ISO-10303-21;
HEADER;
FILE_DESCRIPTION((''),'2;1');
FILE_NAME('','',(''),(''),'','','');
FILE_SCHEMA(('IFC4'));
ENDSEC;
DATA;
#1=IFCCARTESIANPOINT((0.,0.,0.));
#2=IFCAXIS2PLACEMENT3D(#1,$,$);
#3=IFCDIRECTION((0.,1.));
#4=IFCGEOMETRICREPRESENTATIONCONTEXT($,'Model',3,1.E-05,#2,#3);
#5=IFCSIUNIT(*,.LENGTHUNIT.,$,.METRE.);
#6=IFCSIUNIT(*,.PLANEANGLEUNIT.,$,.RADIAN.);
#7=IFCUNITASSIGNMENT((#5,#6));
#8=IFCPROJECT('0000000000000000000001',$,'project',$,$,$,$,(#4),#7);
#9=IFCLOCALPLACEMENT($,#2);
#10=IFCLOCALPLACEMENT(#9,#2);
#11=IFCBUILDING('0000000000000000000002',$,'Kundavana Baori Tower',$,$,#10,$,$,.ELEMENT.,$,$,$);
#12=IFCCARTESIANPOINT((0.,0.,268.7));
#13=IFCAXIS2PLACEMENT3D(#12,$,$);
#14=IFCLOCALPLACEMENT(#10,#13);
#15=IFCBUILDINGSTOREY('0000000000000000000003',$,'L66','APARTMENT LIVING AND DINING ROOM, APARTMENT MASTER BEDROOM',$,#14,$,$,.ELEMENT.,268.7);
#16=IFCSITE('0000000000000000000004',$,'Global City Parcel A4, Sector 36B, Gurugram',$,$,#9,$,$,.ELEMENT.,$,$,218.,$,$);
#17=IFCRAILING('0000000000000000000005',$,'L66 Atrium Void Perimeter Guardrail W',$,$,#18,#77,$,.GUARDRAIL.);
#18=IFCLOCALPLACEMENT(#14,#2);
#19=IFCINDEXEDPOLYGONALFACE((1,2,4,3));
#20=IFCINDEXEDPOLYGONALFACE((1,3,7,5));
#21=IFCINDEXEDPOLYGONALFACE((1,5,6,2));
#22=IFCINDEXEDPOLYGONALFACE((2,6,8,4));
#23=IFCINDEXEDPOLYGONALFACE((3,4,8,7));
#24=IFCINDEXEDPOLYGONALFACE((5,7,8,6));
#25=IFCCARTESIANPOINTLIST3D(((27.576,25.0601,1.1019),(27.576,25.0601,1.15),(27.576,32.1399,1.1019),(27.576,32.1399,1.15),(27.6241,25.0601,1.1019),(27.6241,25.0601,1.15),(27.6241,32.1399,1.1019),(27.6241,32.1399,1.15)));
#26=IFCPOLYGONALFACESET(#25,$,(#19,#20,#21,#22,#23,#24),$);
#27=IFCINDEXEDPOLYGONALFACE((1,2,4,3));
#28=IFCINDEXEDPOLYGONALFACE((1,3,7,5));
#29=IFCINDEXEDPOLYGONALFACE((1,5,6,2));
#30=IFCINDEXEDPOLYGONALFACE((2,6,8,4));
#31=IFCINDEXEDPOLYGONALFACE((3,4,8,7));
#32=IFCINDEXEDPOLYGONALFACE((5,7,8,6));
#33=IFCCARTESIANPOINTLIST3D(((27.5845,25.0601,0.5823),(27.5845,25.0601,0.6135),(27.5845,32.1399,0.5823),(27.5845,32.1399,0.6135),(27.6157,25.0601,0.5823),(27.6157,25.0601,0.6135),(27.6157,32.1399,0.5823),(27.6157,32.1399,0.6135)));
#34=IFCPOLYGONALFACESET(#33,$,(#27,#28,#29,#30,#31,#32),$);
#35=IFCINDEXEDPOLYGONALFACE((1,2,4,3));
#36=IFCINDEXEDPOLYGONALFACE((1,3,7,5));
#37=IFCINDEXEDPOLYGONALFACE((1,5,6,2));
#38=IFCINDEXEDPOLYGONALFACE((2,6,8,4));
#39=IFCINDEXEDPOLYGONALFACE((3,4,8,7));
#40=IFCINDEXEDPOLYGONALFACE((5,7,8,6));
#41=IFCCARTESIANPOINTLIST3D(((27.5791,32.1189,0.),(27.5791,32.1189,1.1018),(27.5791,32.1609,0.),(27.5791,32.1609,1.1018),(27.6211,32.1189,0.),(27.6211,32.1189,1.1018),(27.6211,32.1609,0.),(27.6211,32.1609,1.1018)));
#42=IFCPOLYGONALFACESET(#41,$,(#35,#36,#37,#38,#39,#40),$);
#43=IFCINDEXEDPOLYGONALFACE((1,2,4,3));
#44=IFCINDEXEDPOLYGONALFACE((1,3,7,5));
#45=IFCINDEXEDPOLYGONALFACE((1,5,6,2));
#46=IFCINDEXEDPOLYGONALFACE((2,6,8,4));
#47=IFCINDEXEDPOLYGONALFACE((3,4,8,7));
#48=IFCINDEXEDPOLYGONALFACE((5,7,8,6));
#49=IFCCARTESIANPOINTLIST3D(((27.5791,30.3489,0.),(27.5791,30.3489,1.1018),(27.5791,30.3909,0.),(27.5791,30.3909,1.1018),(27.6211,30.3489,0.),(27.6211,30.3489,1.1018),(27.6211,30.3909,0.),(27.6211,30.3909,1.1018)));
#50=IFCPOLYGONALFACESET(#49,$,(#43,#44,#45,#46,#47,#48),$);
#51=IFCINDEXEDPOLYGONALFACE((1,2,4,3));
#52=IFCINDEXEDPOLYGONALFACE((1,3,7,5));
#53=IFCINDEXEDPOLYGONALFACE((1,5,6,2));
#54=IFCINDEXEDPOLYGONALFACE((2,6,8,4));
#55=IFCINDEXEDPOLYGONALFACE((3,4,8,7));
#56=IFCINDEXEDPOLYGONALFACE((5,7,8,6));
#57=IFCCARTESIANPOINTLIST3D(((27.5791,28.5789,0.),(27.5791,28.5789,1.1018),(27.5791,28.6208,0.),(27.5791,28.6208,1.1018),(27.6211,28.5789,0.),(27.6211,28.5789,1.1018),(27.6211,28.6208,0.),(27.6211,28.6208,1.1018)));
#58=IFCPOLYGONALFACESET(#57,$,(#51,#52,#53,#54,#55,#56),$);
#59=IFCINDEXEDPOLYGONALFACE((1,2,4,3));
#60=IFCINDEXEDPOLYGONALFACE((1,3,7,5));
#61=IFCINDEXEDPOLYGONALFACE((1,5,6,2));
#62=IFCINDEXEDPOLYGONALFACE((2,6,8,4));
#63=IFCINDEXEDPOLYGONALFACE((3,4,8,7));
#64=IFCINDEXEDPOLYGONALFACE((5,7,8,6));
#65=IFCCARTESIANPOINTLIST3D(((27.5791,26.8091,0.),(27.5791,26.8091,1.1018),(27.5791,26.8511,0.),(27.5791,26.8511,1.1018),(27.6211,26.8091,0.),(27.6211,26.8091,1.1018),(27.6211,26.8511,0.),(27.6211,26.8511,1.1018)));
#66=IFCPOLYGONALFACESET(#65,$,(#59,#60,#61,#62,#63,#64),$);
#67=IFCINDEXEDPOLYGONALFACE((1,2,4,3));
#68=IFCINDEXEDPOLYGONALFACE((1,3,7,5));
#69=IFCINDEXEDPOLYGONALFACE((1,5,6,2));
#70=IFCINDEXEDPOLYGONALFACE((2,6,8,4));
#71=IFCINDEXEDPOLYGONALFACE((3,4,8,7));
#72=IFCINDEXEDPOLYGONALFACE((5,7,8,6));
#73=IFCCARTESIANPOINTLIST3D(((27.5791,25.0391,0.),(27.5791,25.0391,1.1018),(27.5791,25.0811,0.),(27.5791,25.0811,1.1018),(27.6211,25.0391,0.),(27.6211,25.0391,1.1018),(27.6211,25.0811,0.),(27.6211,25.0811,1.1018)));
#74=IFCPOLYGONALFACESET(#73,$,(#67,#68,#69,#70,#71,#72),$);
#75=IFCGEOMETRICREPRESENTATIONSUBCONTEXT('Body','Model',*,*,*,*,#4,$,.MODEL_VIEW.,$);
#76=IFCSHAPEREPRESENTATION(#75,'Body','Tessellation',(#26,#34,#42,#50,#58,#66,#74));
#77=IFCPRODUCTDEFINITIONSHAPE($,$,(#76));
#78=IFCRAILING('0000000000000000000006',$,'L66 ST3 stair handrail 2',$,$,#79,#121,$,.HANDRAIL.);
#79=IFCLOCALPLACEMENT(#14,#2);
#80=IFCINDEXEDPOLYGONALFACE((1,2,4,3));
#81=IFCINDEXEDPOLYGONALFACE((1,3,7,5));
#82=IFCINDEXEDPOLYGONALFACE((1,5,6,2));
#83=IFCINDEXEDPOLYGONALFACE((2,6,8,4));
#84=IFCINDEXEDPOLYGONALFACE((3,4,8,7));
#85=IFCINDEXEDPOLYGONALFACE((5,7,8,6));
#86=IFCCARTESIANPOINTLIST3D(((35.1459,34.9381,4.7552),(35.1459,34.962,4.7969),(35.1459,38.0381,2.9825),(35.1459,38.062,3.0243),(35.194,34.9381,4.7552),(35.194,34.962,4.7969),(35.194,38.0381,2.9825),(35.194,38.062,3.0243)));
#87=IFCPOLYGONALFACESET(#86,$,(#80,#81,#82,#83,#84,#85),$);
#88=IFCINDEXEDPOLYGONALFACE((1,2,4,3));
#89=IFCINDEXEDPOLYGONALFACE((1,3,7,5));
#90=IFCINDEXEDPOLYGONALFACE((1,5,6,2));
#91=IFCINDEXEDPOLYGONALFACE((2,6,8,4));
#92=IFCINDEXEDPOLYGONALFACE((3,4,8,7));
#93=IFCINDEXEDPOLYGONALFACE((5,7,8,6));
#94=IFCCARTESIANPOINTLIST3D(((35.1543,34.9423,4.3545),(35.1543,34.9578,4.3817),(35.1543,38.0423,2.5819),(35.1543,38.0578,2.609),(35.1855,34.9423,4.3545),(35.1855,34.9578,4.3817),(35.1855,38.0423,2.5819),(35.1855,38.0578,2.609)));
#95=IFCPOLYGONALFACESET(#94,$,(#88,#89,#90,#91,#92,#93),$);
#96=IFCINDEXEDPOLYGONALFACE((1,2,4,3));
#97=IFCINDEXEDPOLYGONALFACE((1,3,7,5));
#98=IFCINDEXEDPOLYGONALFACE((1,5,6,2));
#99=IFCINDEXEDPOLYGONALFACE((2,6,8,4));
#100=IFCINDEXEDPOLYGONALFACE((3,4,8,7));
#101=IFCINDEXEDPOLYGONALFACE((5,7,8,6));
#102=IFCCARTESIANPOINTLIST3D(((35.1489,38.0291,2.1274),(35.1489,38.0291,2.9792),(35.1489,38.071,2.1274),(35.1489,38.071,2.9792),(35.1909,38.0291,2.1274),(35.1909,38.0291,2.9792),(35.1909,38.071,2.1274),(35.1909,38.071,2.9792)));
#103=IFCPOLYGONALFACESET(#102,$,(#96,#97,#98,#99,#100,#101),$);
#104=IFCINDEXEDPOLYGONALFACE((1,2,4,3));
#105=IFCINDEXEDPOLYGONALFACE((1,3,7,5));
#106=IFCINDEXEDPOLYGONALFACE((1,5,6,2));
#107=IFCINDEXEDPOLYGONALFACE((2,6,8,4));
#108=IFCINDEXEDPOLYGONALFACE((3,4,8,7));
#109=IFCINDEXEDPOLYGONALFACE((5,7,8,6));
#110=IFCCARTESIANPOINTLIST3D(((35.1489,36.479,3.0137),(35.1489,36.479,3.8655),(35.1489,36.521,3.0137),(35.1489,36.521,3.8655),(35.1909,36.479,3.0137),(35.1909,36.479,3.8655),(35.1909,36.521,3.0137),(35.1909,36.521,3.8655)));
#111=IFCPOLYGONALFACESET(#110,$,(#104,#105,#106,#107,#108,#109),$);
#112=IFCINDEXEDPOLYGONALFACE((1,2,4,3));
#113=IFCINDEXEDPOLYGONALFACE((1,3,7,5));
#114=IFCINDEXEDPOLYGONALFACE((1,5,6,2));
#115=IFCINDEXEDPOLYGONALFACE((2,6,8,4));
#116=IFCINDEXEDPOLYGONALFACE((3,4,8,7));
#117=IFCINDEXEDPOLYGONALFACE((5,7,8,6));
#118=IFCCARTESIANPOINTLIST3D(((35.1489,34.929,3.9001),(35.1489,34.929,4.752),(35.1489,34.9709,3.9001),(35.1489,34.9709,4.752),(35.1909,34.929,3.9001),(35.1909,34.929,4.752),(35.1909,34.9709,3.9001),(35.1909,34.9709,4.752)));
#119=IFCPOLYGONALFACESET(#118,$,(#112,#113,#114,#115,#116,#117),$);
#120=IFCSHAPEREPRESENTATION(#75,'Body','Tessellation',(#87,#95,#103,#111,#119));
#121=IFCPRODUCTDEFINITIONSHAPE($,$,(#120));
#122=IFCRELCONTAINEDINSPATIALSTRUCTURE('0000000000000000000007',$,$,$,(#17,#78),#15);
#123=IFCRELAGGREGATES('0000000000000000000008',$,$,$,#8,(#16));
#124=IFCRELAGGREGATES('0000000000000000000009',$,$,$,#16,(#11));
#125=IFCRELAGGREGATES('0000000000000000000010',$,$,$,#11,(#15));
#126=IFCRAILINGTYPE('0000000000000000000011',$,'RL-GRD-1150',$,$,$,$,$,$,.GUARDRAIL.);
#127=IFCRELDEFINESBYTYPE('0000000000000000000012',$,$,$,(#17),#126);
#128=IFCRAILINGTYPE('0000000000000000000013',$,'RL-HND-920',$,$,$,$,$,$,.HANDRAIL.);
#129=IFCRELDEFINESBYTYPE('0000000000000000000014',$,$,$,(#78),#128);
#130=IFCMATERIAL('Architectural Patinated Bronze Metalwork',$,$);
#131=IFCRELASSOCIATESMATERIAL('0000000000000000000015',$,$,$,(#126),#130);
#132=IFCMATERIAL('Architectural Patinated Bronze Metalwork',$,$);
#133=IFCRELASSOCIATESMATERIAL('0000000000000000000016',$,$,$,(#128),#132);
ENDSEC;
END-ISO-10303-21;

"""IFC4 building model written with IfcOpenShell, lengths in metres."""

from ifc_helpers import new_model, si_unit, direction, frame, origin, origin_2d, place, context, subcontext, project, spatial, rectangle, extrude, material, type_object, element, save


model = new_model("IFC4")

# Units and contexts
model_context = context("Model", 3, precision=1e-05, world=origin(), true_north=direction((0.0, 1.0)))
body_context = subcontext(model_context, "Body", "Model", "MODEL_VIEW")
ifc_project = project(units=[si_unit("LENGTHUNIT", "METRE"), si_unit("PLANEANGLEUNIT", "RADIAN")], contexts=[model_context])

# Site, building, storey
site_placement = place(None, origin())
site = spatial("IfcSite", under=ifc_project, at=site_placement, Name="Global City Parcel A4, Sector 36B, Gurugram", CompositionType="ELEMENT", RefElevation=218.0)
building_placement = place(site_placement, origin())
building = spatial("IfcBuilding", under=site, at=building_placement, Name="Kundavana Baori Tower", CompositionType="ELEMENT")
storey_placement = place(building_placement, frame((0.0, 0.0, 268.7)))
storey = spatial("IfcBuildingStorey", under=building, at=storey_placement, Name="L66", Description="APARTMENT LIVING AND DINING ROOM, APARTMENT MASTER BEDROOM", CompositionType="ELEMENT", Elevation=268.7)

# Railings
ifc_material_1 = material(Name="Architectural Patinated Bronze Metalwork")
railing_type_1 = type_object("IfcRailingType", Name="RL-GRD-1150", PredefinedType="GUARDRAIL", material=ifc_material_1)
railing_1_placement = place(storey_placement, frame((27.6001, 32.1399, 0.0)))
element("IfcRailing", 1, at=railing_1_placement, inside=storey, type_object=railing_type_1, Name="L66 Atrium Void Perimeter Guardrail W", PredefinedType="GUARDRAIL", context=body_context, shape_type="SweptSolid", body=[
    extrude(rectangle(XDim=0.0481, YDim=0.0481, at=origin_2d()), frame((0.0, 0.0, 1.126), z_axis=(0.0, -1.0, 0.0), x_axis=(1.0, 0.0, 0.0)), (0.0, 0.0, 1.0), 7.0798),
    extrude(rectangle(XDim=0.0312, YDim=0.0312, at=origin_2d()), frame((0.0, 0.0, 0.5979), z_axis=(0.0, -1.0, 0.0), x_axis=(1.0, 0.0, 0.0)), (0.0, 0.0, 1.0), 7.0798),
    extrude(rectangle(XDim=0.042, YDim=0.042, at=origin_2d()), origin(), (0.0, 0.0, 1.0), 1.1018),
    extrude(rectangle(XDim=0.042, YDim=0.042, at=origin_2d()), frame((0.0, -1.77, 0.0)), (0.0, 0.0, 1.0), 1.1018),
    extrude(rectangle(XDim=0.042, YDim=0.042, at=origin_2d()), frame((0.0, -3.54, 0.0)), (0.0, 0.0, 1.0), 1.1018),
    extrude(rectangle(XDim=0.042, YDim=0.042, at=origin_2d()), frame((0.0, -5.3098, 0.0)), (0.0, 0.0, 1.0), 1.1018),
    extrude(rectangle(XDim=0.042, YDim=0.042, at=origin_2d()), frame((0.0, -7.0798, 0.0)), (0.0, 0.0, 1.0), 1.1018),
])
ifc_material_2 = material(Name="Architectural Patinated Bronze Metalwork")
railing_type_2 = type_object("IfcRailingType", Name="RL-HND-920", PredefinedType="HANDRAIL", material=ifc_material_2)
railing_2_placement = place(storey_placement, frame((35.1699, 38.05, 2.1274)))
element("IfcRailing", 2, at=railing_2_placement, inside=storey, type_object=railing_type_2, Name="L66 ST3 stair handrail 2", PredefinedType="HANDRAIL", context=body_context, shape_type="SweptSolid", body=[
    extrude(rectangle(XDim=0.0481, YDim=0.0481, at=origin_2d()), frame((0.0, 0.0, 0.876), z_axis=(0.0, -0.868096, 0.496397), x_axis=(1.0, 0.0, 0.0)), (0.0, 0.0, 1.0), 3.571),
    extrude(rectangle(XDim=0.0312, YDim=0.0312, at=origin_2d()), frame((0.0, 0.0, 0.468), z_axis=(0.0, -0.868096, 0.496397), x_axis=(1.0, 0.0, 0.0)), (0.0, 0.0, 1.0), 3.571),
    extrude(rectangle(XDim=0.042, YDim=0.042, at=origin_2d()), origin(), (0.0, 0.0, 1.0), 0.8518),
    extrude(rectangle(XDim=0.042, YDim=0.042, at=origin_2d()), frame((0.0, -1.55, 0.8862)), (0.0, 0.0, 1.0), 0.8518),
    extrude(rectangle(XDim=0.042, YDim=0.042, at=origin_2d()), frame((0.0, -3.1001, 1.7727)), (0.0, 0.0, 1.0), 0.8518),
])

save(model, "model.ifc")
